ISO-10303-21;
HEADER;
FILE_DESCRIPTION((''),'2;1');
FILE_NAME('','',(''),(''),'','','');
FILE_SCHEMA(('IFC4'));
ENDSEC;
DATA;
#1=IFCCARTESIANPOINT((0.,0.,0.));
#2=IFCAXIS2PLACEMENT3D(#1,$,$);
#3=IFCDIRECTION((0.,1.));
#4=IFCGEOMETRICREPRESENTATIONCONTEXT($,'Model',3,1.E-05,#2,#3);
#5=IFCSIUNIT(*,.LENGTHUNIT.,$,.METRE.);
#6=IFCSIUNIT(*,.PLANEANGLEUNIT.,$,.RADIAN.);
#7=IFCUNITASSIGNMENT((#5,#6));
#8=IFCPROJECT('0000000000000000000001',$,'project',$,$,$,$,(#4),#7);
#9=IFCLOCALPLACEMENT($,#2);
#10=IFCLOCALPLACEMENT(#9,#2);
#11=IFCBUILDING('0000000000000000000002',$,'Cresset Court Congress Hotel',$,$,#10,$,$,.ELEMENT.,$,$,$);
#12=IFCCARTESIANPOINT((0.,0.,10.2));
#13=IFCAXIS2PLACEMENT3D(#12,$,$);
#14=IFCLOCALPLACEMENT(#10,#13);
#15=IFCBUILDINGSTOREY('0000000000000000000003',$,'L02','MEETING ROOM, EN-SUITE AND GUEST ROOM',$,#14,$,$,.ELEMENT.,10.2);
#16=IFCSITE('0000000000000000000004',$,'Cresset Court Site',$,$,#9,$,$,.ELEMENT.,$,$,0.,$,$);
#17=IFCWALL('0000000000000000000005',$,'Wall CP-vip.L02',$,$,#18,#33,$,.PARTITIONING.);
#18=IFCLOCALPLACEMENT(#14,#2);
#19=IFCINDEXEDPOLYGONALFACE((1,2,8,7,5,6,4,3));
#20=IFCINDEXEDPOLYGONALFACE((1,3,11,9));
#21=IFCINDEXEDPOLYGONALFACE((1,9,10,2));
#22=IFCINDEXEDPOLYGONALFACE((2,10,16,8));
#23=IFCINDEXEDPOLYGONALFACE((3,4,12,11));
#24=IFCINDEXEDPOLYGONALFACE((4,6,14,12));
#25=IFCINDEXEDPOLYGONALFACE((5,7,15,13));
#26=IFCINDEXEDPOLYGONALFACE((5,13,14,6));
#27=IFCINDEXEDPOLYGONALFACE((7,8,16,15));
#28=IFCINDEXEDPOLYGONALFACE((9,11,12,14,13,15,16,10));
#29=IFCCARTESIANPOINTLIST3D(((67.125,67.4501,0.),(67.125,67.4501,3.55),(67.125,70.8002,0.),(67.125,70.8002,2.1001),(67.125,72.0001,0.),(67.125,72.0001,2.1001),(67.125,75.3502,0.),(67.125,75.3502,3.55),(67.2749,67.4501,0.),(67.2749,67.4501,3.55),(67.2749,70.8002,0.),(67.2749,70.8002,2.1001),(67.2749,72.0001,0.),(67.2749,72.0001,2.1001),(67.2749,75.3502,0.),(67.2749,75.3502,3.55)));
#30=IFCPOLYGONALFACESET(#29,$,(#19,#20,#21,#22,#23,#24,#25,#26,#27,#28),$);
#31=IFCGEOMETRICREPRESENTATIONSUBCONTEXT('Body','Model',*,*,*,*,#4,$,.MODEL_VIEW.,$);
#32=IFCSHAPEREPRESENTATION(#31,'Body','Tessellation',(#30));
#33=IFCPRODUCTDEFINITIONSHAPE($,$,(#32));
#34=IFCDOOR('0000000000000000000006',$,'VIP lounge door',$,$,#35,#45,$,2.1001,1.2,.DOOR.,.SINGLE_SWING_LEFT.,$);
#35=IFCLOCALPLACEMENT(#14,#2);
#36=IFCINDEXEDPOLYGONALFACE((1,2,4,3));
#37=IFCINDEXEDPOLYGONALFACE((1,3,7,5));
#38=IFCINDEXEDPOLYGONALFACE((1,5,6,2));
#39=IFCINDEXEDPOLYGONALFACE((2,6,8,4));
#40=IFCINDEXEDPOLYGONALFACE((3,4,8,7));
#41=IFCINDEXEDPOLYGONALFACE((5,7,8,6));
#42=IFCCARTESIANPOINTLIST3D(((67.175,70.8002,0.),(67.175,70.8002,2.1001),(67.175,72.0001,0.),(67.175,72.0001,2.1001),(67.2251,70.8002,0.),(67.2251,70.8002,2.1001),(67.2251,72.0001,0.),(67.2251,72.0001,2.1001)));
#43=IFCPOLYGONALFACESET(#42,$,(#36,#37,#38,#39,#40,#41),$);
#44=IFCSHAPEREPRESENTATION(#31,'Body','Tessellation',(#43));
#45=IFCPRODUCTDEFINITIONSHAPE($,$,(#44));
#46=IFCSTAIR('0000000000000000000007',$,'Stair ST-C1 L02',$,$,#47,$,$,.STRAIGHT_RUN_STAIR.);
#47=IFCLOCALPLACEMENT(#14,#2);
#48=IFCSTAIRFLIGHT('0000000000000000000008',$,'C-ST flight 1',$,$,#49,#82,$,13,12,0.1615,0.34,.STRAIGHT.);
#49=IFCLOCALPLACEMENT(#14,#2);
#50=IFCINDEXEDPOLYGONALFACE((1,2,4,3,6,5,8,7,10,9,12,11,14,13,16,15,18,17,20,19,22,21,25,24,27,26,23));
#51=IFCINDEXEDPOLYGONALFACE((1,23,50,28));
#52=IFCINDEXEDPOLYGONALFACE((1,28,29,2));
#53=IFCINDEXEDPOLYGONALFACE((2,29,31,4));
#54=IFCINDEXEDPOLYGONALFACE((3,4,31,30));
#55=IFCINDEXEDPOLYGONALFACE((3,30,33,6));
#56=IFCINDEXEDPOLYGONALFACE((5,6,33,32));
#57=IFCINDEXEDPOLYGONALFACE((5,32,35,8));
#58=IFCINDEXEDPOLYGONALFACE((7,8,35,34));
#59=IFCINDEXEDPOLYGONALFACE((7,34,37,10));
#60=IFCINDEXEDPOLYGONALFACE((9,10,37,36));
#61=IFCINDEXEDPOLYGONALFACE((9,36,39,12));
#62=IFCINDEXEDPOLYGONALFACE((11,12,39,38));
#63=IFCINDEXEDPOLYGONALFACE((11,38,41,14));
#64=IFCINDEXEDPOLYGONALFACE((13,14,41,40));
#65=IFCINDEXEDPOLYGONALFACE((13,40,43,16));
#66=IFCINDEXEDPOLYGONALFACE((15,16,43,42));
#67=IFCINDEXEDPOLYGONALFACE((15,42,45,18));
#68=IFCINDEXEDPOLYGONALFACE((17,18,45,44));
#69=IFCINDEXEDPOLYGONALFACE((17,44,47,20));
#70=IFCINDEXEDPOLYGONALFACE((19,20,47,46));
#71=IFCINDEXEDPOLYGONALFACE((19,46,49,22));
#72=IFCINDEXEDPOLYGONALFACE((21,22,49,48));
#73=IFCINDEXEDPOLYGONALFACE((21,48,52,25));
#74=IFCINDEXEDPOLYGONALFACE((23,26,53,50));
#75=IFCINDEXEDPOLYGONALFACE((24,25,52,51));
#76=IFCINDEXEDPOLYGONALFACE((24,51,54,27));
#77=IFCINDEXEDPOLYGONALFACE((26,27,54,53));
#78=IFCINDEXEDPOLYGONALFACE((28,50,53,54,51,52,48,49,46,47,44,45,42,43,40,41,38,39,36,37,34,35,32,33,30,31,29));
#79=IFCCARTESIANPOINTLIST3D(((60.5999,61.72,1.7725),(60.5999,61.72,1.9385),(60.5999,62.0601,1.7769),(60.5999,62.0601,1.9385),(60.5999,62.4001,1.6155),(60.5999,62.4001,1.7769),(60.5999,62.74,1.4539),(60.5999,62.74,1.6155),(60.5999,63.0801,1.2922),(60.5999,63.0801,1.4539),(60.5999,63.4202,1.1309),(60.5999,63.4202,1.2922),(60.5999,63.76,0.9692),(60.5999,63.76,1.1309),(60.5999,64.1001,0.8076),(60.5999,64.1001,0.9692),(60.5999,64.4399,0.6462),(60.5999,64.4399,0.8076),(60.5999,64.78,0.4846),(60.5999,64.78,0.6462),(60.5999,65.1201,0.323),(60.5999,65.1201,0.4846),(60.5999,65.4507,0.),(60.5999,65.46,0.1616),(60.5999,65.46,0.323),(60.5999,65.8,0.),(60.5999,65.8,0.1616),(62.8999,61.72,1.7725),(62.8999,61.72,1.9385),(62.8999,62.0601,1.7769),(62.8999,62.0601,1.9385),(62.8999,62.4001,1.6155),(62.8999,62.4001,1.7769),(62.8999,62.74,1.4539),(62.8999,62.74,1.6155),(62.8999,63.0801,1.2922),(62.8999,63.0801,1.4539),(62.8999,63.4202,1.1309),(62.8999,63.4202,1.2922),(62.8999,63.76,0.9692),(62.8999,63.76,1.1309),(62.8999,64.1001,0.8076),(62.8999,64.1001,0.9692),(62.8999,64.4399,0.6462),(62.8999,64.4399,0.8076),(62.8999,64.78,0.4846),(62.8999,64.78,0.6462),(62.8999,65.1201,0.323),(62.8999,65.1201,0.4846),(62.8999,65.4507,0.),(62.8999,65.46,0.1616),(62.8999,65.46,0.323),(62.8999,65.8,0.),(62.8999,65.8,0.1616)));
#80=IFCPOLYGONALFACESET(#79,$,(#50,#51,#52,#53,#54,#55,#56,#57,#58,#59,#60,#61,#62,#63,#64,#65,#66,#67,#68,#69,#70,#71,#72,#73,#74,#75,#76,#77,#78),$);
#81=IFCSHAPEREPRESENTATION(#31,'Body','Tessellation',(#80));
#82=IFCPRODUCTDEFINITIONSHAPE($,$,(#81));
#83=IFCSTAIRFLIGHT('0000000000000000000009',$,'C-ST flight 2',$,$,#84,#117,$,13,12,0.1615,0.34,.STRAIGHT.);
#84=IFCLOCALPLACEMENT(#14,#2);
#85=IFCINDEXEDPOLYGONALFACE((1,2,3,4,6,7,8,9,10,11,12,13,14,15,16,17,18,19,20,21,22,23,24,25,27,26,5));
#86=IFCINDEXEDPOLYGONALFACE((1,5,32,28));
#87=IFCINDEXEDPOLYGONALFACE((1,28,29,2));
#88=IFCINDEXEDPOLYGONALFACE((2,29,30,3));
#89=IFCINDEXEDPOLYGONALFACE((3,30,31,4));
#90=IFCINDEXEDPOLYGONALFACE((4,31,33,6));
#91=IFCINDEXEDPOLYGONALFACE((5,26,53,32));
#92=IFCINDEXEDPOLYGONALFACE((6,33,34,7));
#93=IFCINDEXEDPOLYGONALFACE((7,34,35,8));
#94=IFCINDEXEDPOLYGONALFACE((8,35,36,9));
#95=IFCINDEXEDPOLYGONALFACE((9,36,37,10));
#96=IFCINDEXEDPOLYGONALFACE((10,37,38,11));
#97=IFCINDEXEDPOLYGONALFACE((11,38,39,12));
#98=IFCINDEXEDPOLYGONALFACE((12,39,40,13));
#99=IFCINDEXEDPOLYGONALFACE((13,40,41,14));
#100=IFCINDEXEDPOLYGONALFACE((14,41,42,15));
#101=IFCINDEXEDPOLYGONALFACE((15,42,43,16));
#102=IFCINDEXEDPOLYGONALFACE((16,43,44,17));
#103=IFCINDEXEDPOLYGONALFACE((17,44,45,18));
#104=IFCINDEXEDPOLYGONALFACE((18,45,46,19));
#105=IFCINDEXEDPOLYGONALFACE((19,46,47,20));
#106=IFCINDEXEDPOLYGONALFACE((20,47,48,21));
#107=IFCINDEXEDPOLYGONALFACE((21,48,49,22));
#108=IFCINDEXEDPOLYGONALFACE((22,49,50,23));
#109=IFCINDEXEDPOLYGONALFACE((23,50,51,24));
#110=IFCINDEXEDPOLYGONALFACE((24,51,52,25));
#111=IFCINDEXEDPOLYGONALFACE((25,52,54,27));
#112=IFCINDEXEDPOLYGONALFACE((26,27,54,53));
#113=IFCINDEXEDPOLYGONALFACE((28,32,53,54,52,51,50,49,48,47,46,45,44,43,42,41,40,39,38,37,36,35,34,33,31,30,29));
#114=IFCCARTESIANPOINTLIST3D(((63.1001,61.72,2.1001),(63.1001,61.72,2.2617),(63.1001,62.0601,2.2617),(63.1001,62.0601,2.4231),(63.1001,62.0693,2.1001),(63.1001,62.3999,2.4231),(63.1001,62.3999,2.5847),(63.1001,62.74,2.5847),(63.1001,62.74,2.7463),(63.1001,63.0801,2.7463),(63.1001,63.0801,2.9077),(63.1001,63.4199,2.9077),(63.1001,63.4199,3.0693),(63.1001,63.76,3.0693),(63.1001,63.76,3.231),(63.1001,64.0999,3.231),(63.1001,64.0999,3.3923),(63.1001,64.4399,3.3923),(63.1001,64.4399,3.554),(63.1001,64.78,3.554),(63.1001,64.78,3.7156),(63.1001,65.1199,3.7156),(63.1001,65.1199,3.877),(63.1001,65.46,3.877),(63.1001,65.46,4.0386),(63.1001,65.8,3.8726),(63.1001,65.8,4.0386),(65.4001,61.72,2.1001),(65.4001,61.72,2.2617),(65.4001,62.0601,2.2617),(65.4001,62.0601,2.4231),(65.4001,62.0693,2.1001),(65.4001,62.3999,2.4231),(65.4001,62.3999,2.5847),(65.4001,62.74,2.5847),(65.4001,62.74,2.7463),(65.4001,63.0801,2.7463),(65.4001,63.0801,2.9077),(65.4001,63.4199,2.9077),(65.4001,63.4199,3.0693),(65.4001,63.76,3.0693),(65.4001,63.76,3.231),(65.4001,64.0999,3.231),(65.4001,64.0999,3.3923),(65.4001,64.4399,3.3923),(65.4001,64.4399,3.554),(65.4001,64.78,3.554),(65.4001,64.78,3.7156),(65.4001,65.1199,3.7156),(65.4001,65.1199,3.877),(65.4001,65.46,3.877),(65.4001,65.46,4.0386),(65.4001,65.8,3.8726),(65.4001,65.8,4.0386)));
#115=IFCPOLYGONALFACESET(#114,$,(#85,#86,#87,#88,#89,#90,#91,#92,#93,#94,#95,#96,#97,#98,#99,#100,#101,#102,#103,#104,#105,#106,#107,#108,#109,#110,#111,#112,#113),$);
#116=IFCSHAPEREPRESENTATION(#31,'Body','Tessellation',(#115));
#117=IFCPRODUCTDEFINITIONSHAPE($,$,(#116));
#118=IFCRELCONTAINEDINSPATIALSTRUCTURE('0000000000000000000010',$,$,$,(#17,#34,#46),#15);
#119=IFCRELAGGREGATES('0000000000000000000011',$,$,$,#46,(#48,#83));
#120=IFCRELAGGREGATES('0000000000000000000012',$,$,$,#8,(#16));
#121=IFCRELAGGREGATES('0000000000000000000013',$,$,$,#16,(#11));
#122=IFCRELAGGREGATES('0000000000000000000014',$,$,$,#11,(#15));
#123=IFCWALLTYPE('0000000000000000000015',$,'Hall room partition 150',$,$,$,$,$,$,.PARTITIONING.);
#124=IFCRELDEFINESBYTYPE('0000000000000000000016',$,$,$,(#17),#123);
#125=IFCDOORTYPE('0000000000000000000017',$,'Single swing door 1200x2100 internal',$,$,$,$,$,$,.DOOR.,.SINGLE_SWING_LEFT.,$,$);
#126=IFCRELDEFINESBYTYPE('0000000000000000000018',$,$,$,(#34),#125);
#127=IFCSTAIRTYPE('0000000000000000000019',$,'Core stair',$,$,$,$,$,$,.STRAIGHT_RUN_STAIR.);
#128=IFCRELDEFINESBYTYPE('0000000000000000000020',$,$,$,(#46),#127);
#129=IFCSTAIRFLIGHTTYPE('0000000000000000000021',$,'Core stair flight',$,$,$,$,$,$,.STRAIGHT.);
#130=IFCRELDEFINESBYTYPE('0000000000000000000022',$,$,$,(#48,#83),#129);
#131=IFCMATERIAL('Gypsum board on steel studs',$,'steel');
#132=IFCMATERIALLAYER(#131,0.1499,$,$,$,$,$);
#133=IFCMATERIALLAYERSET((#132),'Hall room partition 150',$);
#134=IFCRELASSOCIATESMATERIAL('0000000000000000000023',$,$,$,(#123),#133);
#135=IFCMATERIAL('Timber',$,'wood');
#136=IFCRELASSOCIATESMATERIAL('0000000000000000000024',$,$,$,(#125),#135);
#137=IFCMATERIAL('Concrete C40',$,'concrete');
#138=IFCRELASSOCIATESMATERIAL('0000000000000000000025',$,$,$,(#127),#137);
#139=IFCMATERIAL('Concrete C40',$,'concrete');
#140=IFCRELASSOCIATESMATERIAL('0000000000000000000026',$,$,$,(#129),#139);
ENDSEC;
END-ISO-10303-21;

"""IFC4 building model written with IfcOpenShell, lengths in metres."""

from ifc_helpers import new_model, si_unit, direction, frame, frame_2d, origin, place, context, subcontext, project, spatial, polyline, rectangle, outline, extrude, material, layer, layer_set, type_object, element, fill, aggregate, save


model = new_model("IFC4")

# Units and contexts
model_context = context("Model", 3, precision=1e-05, world=origin(), true_north=direction((0.0, 1.0)))
body_context = subcontext(model_context, "Body", "Model", "MODEL_VIEW")
ifc_project = project(units=[si_unit("LENGTHUNIT", "METRE"), si_unit("PLANEANGLEUNIT", "RADIAN")], contexts=[model_context])

# Site, building, storey
site_placement = place(None, origin())
site = spatial("IfcSite", under=ifc_project, at=site_placement, Name="Cresset Court Site", CompositionType="ELEMENT", RefElevation=0.0)
building_placement = place(site_placement, origin())
building = spatial("IfcBuilding", under=site, at=building_placement, Name="Cresset Court Congress Hotel", CompositionType="ELEMENT")
storey_placement = place(building_placement, frame((0.0, 0.0, 10.2)))
storey = spatial("IfcBuildingStorey", under=building, at=storey_placement, Name="L02", Description="MEETING ROOM, EN-SUITE AND GUEST ROOM", CompositionType="ELEMENT", Elevation=10.2)

# Wall, opening, door
ifc_material_1 = material(Name="Gypsum board on steel studs", Category="steel")
ifc_layer_1 = layer(ifc_material_1, 0.1499)
ifc_layer_set_1 = layer_set([ifc_layer_1], Name="Hall room partition 150")
wall_type_1 = type_object("IfcWallType", Name="Hall room partition 150", PredefinedType="PARTITIONING", material=ifc_layer_set_1)
wall_1_placement = place(storey_placement, frame((67.2, 67.45, 0.0), z_axis=(0.0, 0.0, 1.0), x_axis=(0.0, 1.0, 0.0)))
wall_1 = element("IfcWall", 1, at=wall_1_placement, inside=storey, type_object=wall_type_1, Name="Wall CP-vip.L02", PredefinedType="PARTITIONING", context=body_context, shape_type="SweptSolid", body=[
    extrude(rectangle(XDim=7.9001, YDim=0.1499, at=frame_2d((3.9502, 0.0))), origin(), (0.0, 0.0, 1.0), 3.55),
])
opening_1_placement = place(wall_1_placement, frame((3.3501, 0.0, 0.0)))
opening_1 = element("IfcOpeningElement", 2, at=opening_1_placement, cuts=wall_1, PredefinedType="OPENING", context=body_context, shape_type="SweptSolid", body=[
    extrude(rectangle(XDim=1.2, YDim=2.1001, at=frame_2d((0.6001, 1.05))), frame((0.0, 0.085, 0.0), z_axis=(0.0, -1.0, 0.0), x_axis=(1.0, 0.0, 0.0)), (0.0, 0.0, 1.0), 0.1699),
])
ifc_material_2 = material(Name="Timber", Category="wood")
door_type_1 = type_object("IfcDoorType", Name="Single swing door 1200x2100 internal", OperationType="SINGLE_SWING_LEFT", PredefinedType="DOOR", material=ifc_material_2)
door_1_placement = place(opening_1_placement, origin())
door_1 = element("IfcDoor", 3, at=door_1_placement, inside=storey, type_object=door_type_1, Name="VIP lounge door", OperationType="SINGLE_SWING_LEFT", OverallHeight=2.1001, OverallWidth=1.2, PredefinedType="DOOR", context=body_context, shape_type="SweptSolid", body=[
    extrude(rectangle(XDim=1.2, YDim=2.1001, at=frame_2d((0.6001, 1.05))), frame((0.0, 0.0249, 0.0), z_axis=(0.0, -1.0, 0.0), x_axis=(1.0, 0.0, 0.0)), (0.0, 0.0, 1.0), 0.05),
])
fill(opening_1, door_1)

# Stair, stair flights
ifc_material_3 = material(Name="Concrete C40", Category="concrete")
stair_type = type_object("IfcStairType", Name="Core stair", PredefinedType="STRAIGHT_RUN_STAIR", material=ifc_material_3)
stair_placement = place(storey_placement, origin())
stair = element("IfcStair", 4, at=stair_placement, inside=storey, type_object=stair_type, Name="Stair ST-C1 L02", PredefinedType="STRAIGHT_RUN_STAIR")
ifc_material_4 = material(Name="Concrete C40", Category="concrete")
stair_flight_type = type_object("IfcStairFlightType", Name="Core stair flight", PredefinedType="STRAIGHT", material=ifc_material_4)
stair_flight_1_placement = place(storey_placement, frame((61.75, 65.8, 0.0), z_axis=(0.0, 0.0, 1.0), x_axis=(0.0, -1.0, 0.0)))
stair_flight_1 = element("IfcStairFlight", 5, at=stair_flight_1_placement, type_object=stair_flight_type, Name="C-ST flight 1", NumberOfRisers=13, NumberOfTreads=12, PredefinedType="STRAIGHT", RiserHeight=0.1615, TreadLength=0.34, context=body_context, shape_type="SweptSolid", body=[
    extrude(outline(polyline([(0.0, 0.0), (0.0, 0.1616), (0.3401, 0.1616), (0.3401, 0.323), (0.6799, 0.323), (0.6799, 0.4846), (1.02, 0.4846), (1.02, 0.6462), (1.3601, 0.6462), (1.3601, 0.8076), (1.7, 0.8076), (1.7, 0.9692), (2.04, 0.9692), (2.04, 1.1309), (2.3799, 1.1309), (2.3799, 1.2922), (2.72, 1.2922), (2.72, 1.4539), (3.0601, 1.4539), (3.0601, 1.6155), (3.3999, 1.6155), (3.3999, 1.7769), (3.74, 1.7769), (3.74, 1.9385), (4.0801, 1.9385), (4.0801, 2.1001), (4.0801, 1.7725), (0.3494, 0.0), (0.0, 0.0)])), frame((0.0, 1.1499, 0.0), z_axis=(0.0, -1.0, 0.0), x_axis=(1.0, 0.0, 0.0)), (0.0, 0.0, 1.0), 2.3),
])
stair_flight_2_placement = place(storey_placement, frame((64.25, 61.72, 2.1001), z_axis=(0.0, 0.0, 1.0), x_axis=(0.0, 1.0, 0.0)))
stair_flight_2 = element("IfcStairFlight", 6, at=stair_flight_2_placement, type_object=stair_flight_type, Name="C-ST flight 2", NumberOfRisers=13, NumberOfTreads=12, PredefinedType="STRAIGHT", RiserHeight=0.1615, TreadLength=0.34, context=body_context, shape_type="SweptSolid", body=[
    extrude(outline(polyline([(0.0, 0.0), (0.0, 0.1616), (0.3401, 0.1616), (0.3401, 0.323), (0.6799, 0.323), (0.6799, 0.4846), (1.02, 0.4846), (1.02, 0.6462), (1.3601, 0.6462), (1.3601, 0.8076), (1.7, 0.8076), (1.7, 0.9692), (2.04, 0.9692), (2.04, 1.1309), (2.3799, 1.1309), (2.3799, 1.2922), (2.72, 1.2922), (2.72, 1.4539), (3.0601, 1.4539), (3.0601, 1.6155), (3.3999, 1.6155), (3.3999, 1.7769), (3.74, 1.7769), (3.74, 1.9385), (4.0801, 1.9385), (4.0801, 2.1001), (4.0801, 1.7725), (0.3494, 0.0), (0.0, 0.0)])), frame((0.0, 1.1499, 0.0), z_axis=(0.0, -1.0, 0.0), x_axis=(1.0, 0.0, 0.0)), (0.0, 0.0, 1.0), 2.3),
])
aggregate(stair, [stair_flight_1, stair_flight_2])

save(model, "model.ifc")
